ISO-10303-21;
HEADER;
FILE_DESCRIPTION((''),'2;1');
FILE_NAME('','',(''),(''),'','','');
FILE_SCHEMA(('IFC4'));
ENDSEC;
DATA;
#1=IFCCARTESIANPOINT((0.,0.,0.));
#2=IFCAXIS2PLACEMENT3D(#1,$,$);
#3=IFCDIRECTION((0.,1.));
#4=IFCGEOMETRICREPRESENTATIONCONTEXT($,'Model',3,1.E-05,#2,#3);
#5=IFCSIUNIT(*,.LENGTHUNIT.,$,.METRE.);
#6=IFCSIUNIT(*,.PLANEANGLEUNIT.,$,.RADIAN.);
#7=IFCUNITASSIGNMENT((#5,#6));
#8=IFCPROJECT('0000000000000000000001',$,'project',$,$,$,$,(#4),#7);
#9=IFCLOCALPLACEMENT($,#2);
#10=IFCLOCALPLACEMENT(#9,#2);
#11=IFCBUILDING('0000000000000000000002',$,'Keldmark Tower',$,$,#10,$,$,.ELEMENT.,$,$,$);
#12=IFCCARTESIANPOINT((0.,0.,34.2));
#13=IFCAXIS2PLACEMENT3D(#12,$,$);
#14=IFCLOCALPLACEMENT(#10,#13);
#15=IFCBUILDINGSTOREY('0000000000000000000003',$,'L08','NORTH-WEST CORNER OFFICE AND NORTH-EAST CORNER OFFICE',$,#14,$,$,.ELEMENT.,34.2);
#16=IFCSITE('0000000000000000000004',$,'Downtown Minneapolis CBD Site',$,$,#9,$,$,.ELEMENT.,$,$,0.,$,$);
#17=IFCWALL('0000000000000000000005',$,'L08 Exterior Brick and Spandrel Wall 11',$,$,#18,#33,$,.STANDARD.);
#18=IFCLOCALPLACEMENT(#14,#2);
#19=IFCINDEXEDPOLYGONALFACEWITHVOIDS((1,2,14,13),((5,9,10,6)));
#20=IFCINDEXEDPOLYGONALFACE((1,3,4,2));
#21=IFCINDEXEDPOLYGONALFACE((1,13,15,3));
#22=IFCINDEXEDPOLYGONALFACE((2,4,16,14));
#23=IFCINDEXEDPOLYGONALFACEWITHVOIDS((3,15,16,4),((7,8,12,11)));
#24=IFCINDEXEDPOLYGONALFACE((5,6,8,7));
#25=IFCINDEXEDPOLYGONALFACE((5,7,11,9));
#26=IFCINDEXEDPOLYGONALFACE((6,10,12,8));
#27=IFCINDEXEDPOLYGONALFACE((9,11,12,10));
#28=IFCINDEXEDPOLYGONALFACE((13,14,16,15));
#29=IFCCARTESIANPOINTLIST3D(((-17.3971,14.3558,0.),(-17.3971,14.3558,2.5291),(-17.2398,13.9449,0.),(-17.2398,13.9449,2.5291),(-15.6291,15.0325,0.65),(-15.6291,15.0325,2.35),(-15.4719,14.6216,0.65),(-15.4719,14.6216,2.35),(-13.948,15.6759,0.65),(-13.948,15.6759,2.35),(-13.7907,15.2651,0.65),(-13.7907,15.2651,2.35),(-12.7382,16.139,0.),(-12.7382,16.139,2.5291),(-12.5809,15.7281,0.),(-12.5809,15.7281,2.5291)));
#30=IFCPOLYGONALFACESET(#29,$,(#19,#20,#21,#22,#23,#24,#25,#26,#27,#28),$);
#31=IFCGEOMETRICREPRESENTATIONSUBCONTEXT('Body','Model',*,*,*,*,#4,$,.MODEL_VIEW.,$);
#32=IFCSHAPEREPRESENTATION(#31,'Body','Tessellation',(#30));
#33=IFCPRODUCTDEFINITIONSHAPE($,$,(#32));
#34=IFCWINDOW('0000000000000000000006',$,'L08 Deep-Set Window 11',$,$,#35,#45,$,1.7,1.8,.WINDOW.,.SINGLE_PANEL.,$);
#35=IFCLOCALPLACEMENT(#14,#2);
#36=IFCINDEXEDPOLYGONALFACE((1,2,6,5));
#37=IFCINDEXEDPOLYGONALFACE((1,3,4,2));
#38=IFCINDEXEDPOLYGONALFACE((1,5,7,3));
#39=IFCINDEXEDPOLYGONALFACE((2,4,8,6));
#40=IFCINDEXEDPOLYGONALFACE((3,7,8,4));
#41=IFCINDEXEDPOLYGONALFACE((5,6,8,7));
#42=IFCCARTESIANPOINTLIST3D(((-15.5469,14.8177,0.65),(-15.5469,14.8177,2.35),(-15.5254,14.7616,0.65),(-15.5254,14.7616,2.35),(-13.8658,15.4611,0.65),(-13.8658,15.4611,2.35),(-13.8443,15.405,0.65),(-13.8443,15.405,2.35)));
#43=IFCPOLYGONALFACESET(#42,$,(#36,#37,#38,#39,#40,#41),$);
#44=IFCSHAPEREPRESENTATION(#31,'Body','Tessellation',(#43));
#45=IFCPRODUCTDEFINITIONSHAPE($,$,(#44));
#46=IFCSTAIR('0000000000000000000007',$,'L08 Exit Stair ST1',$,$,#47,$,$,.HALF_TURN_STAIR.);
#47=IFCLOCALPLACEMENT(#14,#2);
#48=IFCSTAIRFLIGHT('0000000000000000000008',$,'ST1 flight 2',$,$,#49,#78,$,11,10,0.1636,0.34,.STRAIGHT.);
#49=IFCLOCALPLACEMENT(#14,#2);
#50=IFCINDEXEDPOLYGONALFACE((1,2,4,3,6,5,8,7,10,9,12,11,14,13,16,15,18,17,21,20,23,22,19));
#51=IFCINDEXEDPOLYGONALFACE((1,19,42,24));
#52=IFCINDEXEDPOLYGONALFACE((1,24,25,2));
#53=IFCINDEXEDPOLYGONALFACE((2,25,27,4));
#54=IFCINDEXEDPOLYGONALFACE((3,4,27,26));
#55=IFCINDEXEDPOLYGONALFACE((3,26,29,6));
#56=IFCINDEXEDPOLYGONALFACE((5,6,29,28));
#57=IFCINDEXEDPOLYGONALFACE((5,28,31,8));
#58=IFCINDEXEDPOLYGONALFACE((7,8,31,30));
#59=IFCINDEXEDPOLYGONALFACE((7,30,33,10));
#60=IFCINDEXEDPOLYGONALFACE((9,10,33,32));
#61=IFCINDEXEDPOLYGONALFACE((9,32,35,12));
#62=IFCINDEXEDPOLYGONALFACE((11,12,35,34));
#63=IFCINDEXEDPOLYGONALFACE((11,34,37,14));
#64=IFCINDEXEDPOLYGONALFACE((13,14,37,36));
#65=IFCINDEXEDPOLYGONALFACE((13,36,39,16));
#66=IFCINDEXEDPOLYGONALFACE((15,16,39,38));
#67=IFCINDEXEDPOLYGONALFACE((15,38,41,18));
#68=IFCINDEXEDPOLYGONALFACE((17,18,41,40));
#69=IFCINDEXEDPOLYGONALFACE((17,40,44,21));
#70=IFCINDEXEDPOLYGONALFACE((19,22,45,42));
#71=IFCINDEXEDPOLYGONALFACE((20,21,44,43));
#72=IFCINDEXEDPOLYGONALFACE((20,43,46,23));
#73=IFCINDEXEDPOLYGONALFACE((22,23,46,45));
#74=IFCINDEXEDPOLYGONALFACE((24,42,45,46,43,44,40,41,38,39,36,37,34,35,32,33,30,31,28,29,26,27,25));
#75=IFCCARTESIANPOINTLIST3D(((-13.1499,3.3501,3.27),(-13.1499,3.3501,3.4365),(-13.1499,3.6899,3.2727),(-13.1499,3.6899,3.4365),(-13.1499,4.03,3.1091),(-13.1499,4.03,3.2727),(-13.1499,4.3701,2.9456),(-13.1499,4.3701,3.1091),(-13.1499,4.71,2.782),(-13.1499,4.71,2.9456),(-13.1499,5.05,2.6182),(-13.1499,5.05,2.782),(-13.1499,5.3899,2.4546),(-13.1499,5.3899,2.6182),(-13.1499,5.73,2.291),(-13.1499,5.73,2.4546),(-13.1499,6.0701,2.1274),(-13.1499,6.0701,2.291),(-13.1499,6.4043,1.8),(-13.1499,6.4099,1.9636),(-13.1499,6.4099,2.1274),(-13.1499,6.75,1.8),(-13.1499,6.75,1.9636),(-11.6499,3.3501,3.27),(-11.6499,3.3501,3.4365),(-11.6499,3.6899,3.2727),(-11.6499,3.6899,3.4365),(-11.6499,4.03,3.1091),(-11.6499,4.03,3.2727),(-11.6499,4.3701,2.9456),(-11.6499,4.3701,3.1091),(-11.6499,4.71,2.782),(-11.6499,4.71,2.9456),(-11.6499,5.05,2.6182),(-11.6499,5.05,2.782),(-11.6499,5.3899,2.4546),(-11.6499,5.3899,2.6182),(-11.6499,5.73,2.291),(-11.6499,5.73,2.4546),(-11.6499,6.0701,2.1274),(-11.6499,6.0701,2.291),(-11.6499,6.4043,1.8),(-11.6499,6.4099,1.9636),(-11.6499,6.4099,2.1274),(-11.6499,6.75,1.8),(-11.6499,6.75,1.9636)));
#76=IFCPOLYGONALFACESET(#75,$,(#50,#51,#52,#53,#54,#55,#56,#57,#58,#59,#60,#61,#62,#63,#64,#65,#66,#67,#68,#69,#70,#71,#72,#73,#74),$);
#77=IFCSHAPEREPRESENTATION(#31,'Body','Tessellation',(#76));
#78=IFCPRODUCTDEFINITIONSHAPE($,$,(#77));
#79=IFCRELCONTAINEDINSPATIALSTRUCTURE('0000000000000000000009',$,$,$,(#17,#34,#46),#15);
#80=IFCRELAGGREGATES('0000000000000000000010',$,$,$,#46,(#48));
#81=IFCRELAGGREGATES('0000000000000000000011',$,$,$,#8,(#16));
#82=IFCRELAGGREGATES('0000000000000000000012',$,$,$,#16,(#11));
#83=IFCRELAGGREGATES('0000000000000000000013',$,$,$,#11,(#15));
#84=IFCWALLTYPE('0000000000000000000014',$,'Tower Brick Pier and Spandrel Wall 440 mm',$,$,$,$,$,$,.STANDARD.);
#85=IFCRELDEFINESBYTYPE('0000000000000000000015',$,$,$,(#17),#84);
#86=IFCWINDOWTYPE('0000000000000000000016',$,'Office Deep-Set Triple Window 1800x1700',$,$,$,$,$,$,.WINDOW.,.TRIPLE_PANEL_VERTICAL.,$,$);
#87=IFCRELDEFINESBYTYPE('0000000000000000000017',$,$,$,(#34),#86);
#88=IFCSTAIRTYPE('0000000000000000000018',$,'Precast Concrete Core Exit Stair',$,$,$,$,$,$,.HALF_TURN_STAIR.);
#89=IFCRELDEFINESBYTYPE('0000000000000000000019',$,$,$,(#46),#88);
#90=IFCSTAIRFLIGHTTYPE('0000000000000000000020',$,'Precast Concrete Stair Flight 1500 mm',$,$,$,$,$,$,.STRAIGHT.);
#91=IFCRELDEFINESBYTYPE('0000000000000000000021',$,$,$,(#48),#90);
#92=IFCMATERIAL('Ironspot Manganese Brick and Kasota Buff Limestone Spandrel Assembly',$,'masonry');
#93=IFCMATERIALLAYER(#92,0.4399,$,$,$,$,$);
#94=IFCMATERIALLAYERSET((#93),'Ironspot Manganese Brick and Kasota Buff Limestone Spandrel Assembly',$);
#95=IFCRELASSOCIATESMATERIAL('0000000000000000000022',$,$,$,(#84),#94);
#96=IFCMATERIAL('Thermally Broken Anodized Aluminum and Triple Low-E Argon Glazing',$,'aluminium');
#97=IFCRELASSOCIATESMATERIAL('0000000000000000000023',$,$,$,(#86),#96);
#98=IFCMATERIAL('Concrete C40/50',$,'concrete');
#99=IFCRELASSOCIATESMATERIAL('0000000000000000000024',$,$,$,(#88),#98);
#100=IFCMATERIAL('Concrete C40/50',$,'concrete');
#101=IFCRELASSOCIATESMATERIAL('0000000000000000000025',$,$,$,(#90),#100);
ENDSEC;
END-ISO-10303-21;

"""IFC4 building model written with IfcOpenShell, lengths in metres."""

from ifc_helpers import new_model, si_unit, direction, frame, frame_2d, origin, place, context, subcontext, project, spatial, polyline, rectangle, outline, extrude, material, layer, layer_set, type_object, element, fill, aggregate, save


model = new_model("IFC4")

# Units and contexts
model_context = context("Model", 3, precision=1e-05, world=origin(), true_north=direction((0.0, 1.0)))
body_context = subcontext(model_context, "Body", "Model", "MODEL_VIEW")
ifc_project = project(units=[si_unit("LENGTHUNIT", "METRE"), si_unit("PLANEANGLEUNIT", "RADIAN")], contexts=[model_context])

# Site, building, storey
site_placement = place(None, origin())
site = spatial("IfcSite", under=ifc_project, at=site_placement, Name="Downtown Minneapolis CBD Site", CompositionType="ELEMENT", RefElevation=0.0)
building_placement = place(site_placement, origin())
building = spatial("IfcBuilding", under=site, at=building_placement, Name="Keldmark Tower", CompositionType="ELEMENT")
storey_placement = place(building_placement, frame((0.0, 0.0, 34.2)))
storey = spatial("IfcBuildingStorey", under=building, at=storey_placement, Name="L08", Description="NORTH-WEST CORNER OFFICE AND NORTH-EAST CORNER OFFICE", CompositionType="ELEMENT", Elevation=34.2)

# Wall, opening, window
ifc_material_1 = material(Name="Ironspot Manganese Brick and Kasota Buff Limestone Spandrel Assembly", Category="masonry")
ifc_layer_1 = layer(ifc_material_1, 0.4399)
ifc_layer_set_1 = layer_set([ifc_layer_1], Name="Ironspot Manganese Brick and Kasota Buff Limestone Spandrel Assembly")
wall_type_1 = type_object("IfcWallType", Name="Tower Brick Pier and Spandrel Wall 440 mm", PredefinedType="STANDARD", material=ifc_layer_set_1)
ifc_material_2 = material(Name="Thermally Broken Anodized Aluminum and Triple Low-E Argon Glazing", Category="aluminium")
window_type = type_object("IfcWindowType", Name="Office Deep-Set Triple Window 1800x1700", PartitioningType="TRIPLE_PANEL_VERTICAL", PredefinedType="WINDOW", material=ifc_material_2)
wall_1_placement = place(storey_placement, frame((-17.3184, 14.1504, 0.0), z_axis=(0.0, 0.0, 1.0), x_axis=(0.933928, 0.35746, 0.0)))
wall_1 = element("IfcWall", 1, at=wall_1_placement, inside=storey, type_object=wall_type_1, Name="L08 Exterior Brick and Spandrel Wall 11", PredefinedType="STANDARD", context=body_context, shape_type="SweptSolid", body=[
    extrude(rectangle(XDim=4.9885, YDim=0.4399, at=frame_2d((2.4941, 0.0))), origin(), (0.0, 0.0, 1.0), 2.5291),
])
opening_1_placement = place(wall_1_placement, frame((1.8931, 0.0, 0.6499)))
opening_1 = element("IfcOpeningElement", 2, at=opening_1_placement, cuts=wall_1, PredefinedType="OPENING", context=body_context, shape_type="SweptSolid", body=[
    extrude(rectangle(XDim=1.8, YDim=1.7, at=frame_2d((0.8999, 0.8501))), frame((0.0, 0.23, 0.0), z_axis=(0.0, -1.0, 0.0), x_axis=(1.0, 0.0, 0.0)), (0.0, 0.0, 1.0), 0.46),
])
window_1_placement = place(opening_1_placement, origin())
window_1 = element("IfcWindow", 3, at=window_1_placement, inside=storey, type_object=window_type, Name="L08 Deep-Set Window 11", OverallHeight=1.7, OverallWidth=1.8, PartitioningType="SINGLE_PANEL", PredefinedType="WINDOW", context=body_context, shape_type="SweptSolid", body=[
    extrude(rectangle(XDim=1.8, YDim=1.7, at=frame_2d((0.8999, 0.8501))), frame((0.0, -0.01, 0.0), z_axis=(0.0, -1.0, 0.0), x_axis=(1.0, 0.0, 0.0)), (0.0, 0.0, 1.0), 0.0601),
])
fill(opening_1, window_1)

# Stair, stair flight
ifc_material_3 = material(Name="Concrete C40/50", Category="concrete")
stair_type = type_object("IfcStairType", Name="Precast Concrete Core Exit Stair", PredefinedType="HALF_TURN_STAIR", material=ifc_material_3)
stair_placement = place(storey_placement, origin())
stair = element("IfcStair", 4, at=stair_placement, inside=storey, type_object=stair_type, Name="L08 Exit Stair ST1", PredefinedType="HALF_TURN_STAIR")
ifc_material_4 = material(Name="Concrete C40/50", Category="concrete")
stair_flight_type = type_object("IfcStairFlightType", Name="Precast Concrete Stair Flight 1500 mm", PredefinedType="STRAIGHT", material=ifc_material_4)
stair_flight_placement = place(storey_placement, frame((-12.3999, 6.75, 1.8), z_axis=(0.0, 0.0, 1.0), x_axis=(0.0, -1.0, 0.0)))
stair_flight = element("IfcStairFlight", 5, at=stair_flight_placement, type_object=stair_flight_type, Name="ST1 flight 2", NumberOfRisers=11, NumberOfTreads=10, PredefinedType="STRAIGHT", RiserHeight=0.1636, TreadLength=0.34, context=body_context, shape_type="SweptSolid", body=[
    extrude(outline(polyline([(0.0, 0.0), (0.0, 0.1636), (0.3401, 0.1636), (0.3401, 0.3274), (0.6799, 0.3274), (0.6799, 0.491), (1.02, 0.491), (1.02, 0.6545), (1.3601, 0.6545), (1.3601, 0.8181), (1.7, 0.8181), (1.7, 0.9819), (2.04, 0.9819), (2.04, 1.1455), (2.3799, 1.1455), (2.3799, 1.3091), (2.72, 1.3091), (2.72, 1.4727), (3.0601, 1.4727), (3.0601, 1.6365), (3.3999, 1.6365), (3.3999, 1.8), (3.3999, 1.47), (0.3457, 0.0), (0.0, 0.0)])), frame((0.0, 0.75, 0.0), z_axis=(0.0, -1.0, 0.0), x_axis=(1.0, 0.0, 0.0)), (0.0, 0.0, 1.0), 1.5),
])
aggregate(stair, [stair_flight])

save(model, "model.ifc")
